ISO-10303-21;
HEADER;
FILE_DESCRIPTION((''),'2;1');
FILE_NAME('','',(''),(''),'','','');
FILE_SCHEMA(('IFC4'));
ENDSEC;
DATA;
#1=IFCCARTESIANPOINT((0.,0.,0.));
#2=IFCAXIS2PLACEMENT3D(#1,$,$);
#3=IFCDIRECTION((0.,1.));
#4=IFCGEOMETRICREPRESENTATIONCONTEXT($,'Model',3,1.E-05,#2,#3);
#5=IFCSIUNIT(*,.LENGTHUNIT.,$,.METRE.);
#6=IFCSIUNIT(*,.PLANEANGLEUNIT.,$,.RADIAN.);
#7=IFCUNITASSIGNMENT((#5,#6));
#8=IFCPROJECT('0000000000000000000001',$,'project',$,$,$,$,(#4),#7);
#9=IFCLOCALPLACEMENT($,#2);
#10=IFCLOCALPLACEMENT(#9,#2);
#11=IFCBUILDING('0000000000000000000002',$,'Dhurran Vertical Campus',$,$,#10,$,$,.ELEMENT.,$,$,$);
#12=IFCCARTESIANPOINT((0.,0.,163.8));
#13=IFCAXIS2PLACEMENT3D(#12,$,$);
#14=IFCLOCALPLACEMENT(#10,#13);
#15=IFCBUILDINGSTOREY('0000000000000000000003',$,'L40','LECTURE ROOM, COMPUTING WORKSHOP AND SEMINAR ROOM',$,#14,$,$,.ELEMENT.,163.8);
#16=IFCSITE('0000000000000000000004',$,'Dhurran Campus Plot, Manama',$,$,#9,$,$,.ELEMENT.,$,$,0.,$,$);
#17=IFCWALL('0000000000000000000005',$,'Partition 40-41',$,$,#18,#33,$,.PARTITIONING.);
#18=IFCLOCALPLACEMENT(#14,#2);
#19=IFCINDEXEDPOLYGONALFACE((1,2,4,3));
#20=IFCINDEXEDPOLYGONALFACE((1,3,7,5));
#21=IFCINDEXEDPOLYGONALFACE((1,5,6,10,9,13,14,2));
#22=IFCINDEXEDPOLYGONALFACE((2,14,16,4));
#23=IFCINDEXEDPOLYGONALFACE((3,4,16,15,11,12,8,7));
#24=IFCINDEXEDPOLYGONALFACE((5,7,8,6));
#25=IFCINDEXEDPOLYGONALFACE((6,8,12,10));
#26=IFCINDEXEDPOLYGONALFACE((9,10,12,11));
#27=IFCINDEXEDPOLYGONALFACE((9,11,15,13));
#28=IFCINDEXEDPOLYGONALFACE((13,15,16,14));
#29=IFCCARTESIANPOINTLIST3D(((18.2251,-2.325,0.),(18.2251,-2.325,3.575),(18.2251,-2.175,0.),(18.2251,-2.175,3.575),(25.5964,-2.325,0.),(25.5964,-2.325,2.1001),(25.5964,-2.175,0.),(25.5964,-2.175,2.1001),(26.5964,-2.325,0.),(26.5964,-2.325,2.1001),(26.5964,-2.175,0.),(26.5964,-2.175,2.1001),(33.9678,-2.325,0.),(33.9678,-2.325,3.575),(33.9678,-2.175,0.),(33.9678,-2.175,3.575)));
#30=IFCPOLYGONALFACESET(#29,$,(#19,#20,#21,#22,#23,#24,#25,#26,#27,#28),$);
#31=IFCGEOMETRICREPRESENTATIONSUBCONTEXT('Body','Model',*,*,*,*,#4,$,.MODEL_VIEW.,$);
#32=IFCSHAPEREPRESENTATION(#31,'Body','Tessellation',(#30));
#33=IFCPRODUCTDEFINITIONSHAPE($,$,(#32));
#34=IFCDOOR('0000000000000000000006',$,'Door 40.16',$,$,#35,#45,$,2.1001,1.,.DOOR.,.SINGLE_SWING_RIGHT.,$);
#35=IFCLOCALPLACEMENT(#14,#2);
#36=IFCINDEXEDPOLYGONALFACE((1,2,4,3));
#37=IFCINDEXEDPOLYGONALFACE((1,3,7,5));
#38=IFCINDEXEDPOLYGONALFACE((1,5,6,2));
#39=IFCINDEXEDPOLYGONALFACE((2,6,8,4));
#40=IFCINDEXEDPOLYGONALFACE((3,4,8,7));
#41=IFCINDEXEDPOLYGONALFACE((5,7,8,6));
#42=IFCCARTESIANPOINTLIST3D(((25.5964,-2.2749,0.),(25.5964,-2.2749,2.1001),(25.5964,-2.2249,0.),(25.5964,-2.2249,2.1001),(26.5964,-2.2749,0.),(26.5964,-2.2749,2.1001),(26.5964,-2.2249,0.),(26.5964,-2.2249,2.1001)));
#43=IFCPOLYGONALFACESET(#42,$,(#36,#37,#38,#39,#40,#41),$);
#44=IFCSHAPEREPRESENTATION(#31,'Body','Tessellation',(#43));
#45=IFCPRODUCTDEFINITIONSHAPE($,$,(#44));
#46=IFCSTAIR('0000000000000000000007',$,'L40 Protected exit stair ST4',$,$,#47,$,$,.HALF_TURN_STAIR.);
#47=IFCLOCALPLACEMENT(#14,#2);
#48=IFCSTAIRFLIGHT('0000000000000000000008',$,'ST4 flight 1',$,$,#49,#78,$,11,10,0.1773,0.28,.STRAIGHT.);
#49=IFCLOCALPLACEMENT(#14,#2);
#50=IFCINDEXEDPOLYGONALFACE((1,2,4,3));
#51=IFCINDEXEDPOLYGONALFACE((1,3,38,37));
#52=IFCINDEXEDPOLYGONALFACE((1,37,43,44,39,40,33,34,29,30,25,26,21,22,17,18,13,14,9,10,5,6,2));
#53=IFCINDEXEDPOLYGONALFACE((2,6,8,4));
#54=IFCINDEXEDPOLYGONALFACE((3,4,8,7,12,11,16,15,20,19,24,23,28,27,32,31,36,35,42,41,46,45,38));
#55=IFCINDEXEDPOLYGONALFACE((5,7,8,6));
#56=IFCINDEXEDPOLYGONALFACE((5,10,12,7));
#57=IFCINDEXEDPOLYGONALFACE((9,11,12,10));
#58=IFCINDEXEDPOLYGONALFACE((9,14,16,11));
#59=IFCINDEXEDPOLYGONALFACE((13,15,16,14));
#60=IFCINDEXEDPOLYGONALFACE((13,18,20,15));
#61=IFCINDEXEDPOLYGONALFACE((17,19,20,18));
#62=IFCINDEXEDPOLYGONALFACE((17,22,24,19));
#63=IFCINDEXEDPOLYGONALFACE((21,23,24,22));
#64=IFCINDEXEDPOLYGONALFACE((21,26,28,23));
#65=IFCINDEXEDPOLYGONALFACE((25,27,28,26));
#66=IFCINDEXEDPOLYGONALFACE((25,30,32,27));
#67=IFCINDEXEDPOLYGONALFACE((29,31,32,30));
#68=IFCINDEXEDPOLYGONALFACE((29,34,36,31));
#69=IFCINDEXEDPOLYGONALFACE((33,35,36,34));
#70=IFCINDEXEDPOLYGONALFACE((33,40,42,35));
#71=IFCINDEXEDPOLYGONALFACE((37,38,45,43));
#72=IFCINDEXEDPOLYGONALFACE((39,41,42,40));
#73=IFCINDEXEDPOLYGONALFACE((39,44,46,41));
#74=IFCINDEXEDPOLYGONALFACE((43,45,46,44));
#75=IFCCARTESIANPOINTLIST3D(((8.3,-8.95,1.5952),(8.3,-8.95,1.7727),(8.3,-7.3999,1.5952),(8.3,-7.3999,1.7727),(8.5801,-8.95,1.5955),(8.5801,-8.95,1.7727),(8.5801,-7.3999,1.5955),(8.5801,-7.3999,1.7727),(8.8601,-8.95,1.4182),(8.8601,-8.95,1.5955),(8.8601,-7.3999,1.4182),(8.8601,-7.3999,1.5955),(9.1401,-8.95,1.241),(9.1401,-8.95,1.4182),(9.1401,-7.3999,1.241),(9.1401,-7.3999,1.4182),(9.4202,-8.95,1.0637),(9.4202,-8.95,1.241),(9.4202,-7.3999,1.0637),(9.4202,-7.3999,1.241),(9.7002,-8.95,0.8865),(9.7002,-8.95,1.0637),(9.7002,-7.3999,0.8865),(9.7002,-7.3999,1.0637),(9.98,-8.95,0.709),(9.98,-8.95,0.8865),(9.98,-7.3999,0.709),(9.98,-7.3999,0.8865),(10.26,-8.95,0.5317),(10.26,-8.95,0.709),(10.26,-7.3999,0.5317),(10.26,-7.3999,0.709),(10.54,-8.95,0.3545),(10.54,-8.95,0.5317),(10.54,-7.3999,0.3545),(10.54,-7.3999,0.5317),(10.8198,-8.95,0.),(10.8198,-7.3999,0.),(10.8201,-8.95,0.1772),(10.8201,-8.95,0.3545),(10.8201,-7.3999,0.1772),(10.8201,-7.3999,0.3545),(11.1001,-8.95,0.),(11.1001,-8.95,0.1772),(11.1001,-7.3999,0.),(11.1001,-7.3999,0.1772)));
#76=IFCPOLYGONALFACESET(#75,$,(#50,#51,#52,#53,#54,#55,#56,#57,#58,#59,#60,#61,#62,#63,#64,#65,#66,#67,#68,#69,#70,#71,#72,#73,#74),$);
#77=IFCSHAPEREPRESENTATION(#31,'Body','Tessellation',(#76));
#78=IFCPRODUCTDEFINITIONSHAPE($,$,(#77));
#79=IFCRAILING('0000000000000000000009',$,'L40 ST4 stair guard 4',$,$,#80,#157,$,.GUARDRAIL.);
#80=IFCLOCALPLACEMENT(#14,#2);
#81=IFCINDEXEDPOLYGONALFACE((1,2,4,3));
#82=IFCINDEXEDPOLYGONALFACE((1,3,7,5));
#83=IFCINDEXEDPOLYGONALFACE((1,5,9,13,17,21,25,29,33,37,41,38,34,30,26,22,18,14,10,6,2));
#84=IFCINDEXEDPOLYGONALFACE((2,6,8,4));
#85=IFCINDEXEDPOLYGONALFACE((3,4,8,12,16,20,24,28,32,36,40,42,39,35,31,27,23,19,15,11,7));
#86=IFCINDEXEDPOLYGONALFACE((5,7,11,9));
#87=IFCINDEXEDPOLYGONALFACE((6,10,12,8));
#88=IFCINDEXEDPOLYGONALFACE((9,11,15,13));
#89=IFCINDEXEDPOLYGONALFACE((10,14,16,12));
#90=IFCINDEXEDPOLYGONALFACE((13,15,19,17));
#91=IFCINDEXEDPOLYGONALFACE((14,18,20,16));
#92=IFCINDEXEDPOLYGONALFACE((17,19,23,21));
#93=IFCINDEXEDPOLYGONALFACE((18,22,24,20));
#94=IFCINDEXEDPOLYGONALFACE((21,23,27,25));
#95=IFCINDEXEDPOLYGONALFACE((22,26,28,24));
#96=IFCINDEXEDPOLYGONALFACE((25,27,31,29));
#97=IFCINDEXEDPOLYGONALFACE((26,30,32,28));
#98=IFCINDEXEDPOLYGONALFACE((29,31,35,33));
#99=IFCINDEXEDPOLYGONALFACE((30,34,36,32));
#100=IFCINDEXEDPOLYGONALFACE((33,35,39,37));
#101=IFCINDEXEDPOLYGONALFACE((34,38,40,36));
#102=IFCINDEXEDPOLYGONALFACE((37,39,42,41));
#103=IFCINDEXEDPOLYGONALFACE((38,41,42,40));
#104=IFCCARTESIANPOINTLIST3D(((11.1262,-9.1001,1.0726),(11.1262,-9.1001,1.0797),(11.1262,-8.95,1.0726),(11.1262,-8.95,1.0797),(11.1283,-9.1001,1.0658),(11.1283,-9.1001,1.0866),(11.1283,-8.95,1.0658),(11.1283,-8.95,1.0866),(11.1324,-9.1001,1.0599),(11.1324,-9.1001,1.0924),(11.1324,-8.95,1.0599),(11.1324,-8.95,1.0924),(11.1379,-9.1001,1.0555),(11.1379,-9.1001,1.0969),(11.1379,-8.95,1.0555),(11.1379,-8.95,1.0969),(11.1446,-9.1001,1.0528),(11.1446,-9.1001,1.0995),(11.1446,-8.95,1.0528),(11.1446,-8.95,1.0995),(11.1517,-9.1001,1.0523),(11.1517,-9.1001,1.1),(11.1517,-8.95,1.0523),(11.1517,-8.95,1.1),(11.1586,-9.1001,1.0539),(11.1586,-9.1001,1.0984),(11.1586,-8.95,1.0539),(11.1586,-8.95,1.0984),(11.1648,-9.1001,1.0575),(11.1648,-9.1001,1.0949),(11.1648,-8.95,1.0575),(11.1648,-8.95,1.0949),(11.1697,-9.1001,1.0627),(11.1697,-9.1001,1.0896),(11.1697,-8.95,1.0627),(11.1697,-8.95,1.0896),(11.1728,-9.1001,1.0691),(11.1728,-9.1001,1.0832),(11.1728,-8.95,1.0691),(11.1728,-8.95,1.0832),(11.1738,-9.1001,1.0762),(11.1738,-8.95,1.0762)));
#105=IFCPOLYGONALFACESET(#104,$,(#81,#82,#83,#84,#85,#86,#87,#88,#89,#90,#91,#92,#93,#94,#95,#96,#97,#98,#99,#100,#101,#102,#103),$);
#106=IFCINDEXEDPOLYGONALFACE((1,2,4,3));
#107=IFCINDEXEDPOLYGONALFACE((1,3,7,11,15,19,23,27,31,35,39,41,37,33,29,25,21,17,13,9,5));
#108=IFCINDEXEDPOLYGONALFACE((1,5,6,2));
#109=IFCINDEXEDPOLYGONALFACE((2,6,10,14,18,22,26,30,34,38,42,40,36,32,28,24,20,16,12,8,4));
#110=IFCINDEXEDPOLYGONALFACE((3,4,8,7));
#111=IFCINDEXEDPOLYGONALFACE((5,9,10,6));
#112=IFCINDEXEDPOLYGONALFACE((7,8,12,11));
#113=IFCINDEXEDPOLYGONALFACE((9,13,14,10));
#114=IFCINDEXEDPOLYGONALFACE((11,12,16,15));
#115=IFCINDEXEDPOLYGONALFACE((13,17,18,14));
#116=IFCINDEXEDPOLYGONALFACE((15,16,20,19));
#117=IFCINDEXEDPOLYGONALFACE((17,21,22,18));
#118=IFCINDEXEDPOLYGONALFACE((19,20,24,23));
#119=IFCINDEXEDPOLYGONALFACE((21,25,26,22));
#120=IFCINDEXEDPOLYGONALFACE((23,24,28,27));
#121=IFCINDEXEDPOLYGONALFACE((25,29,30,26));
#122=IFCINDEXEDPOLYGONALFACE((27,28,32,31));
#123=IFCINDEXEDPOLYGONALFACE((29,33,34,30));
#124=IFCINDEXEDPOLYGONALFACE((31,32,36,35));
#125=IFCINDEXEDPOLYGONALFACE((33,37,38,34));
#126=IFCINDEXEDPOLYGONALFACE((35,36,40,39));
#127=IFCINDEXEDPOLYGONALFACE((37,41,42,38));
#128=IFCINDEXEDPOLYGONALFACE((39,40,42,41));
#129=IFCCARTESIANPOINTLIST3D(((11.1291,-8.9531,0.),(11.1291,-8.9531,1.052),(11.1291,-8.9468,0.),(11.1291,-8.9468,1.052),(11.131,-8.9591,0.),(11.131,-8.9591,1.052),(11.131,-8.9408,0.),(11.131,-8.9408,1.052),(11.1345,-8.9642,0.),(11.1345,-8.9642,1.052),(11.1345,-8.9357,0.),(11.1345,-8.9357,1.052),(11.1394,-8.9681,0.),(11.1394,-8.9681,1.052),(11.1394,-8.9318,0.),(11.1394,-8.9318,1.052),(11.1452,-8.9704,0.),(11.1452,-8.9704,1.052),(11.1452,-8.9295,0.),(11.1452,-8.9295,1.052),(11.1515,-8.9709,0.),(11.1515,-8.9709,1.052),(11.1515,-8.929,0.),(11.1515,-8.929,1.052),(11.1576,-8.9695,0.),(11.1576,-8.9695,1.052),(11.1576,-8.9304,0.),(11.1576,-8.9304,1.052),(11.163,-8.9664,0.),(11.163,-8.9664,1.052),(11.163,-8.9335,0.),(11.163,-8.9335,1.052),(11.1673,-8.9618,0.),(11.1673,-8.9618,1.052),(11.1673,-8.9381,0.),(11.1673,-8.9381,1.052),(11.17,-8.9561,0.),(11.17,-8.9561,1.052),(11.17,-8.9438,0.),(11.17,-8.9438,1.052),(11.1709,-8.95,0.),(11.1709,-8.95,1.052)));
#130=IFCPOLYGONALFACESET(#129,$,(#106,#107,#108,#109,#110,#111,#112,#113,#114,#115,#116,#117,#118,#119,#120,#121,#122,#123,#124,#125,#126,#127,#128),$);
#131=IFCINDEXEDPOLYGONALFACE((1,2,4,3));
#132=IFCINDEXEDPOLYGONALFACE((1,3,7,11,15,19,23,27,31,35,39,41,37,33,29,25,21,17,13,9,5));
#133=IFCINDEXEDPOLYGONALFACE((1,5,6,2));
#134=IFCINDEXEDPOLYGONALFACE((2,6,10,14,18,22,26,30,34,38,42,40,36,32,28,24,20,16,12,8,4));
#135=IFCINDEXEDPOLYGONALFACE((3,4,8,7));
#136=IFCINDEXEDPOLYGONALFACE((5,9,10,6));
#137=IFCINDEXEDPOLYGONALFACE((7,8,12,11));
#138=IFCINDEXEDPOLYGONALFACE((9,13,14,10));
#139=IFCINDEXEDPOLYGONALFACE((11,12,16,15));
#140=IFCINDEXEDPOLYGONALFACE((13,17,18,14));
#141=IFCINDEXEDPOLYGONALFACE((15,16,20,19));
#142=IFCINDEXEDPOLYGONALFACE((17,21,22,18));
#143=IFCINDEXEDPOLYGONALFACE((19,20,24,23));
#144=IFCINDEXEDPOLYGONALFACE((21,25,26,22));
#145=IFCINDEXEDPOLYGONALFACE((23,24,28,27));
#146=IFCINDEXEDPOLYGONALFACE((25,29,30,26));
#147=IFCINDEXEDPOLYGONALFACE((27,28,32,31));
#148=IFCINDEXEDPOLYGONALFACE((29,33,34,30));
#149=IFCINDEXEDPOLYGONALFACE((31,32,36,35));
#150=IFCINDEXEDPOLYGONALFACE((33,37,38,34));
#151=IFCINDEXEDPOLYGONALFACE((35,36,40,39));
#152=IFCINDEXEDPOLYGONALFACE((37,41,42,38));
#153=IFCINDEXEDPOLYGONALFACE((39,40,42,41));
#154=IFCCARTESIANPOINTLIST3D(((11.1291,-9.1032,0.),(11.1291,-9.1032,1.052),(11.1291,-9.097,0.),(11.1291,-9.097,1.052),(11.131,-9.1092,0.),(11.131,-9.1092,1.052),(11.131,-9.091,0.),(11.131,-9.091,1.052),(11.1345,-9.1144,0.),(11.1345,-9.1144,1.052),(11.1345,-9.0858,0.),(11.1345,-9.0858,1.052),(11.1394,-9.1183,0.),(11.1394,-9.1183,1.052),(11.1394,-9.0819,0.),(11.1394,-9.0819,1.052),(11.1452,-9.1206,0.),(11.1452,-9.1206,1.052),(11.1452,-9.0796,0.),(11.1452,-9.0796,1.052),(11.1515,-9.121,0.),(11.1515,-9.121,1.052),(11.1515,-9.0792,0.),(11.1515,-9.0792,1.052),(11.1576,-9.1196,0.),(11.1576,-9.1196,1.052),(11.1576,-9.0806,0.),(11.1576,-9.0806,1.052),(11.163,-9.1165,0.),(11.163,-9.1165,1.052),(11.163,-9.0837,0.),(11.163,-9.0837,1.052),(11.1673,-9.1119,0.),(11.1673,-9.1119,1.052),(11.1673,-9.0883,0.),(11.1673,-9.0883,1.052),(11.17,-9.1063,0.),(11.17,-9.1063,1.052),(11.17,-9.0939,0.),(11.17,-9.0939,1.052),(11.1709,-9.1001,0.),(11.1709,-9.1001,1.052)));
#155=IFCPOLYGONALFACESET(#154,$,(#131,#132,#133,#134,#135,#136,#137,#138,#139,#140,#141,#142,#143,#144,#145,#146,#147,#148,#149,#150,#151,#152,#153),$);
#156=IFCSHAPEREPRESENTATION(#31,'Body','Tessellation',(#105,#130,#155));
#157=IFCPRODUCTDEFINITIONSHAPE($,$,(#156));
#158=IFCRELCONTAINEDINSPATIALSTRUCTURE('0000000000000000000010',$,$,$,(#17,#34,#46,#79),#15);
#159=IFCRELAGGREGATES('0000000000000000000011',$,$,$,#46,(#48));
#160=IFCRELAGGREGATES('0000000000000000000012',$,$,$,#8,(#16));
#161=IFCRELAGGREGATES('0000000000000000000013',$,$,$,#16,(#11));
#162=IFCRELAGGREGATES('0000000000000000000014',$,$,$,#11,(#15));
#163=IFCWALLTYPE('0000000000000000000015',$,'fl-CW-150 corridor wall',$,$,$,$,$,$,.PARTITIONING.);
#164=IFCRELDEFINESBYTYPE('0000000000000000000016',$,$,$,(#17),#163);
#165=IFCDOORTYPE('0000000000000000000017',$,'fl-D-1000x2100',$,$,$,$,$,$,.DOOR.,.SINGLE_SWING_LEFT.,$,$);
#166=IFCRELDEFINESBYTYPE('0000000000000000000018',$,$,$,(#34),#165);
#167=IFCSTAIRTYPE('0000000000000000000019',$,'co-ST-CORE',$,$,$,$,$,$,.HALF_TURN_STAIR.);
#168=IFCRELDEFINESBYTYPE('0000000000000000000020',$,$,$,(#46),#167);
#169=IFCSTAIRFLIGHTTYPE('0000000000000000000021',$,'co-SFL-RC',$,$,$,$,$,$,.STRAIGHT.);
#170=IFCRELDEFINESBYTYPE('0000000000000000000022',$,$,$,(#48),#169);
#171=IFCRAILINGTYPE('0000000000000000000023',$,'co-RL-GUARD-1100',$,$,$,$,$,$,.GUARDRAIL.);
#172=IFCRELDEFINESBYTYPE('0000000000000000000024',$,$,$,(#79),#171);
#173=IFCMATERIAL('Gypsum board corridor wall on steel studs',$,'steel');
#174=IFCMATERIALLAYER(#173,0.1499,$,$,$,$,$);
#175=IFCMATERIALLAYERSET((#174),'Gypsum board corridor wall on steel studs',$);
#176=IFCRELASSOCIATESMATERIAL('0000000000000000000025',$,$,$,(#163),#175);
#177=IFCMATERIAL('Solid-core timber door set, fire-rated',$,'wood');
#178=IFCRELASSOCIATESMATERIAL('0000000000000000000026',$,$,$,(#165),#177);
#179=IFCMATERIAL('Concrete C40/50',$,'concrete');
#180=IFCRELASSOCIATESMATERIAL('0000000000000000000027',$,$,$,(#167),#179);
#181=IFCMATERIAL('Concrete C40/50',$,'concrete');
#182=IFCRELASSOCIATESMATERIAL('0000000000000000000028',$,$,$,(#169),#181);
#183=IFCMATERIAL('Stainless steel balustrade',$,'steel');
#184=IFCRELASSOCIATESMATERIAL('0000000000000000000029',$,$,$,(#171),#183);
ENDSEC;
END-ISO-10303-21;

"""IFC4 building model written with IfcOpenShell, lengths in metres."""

from ifc_helpers import new_model, si_unit, direction, frame, frame_2d, origin, origin_2d, place, context, subcontext, project, spatial, polyline, rectangle, circle, outline, extrude, material, layer, layer_set, type_object, element, fill, aggregate, save


model = new_model("IFC4")

# Units and contexts
model_context = context("Model", 3, precision=1e-05, world=origin(), true_north=direction((0.0, 1.0)))
body_context = subcontext(model_context, "Body", "Model", "MODEL_VIEW")
ifc_project = project(units=[si_unit("LENGTHUNIT", "METRE"), si_unit("PLANEANGLEUNIT", "RADIAN")], contexts=[model_context])

# Site, building, storey
site_placement = place(None, origin())
site = spatial("IfcSite", under=ifc_project, at=site_placement, Name="Dhurran Campus Plot, Manama", CompositionType="ELEMENT", RefElevation=0.0)
building_placement = place(site_placement, origin())
building = spatial("IfcBuilding", under=site, at=building_placement, Name="Dhurran Vertical Campus", CompositionType="ELEMENT")
storey_placement = place(building_placement, frame((0.0, 0.0, 163.8)))
storey = spatial("IfcBuildingStorey", under=building, at=storey_placement, Name="L40", Description="LECTURE ROOM, COMPUTING WORKSHOP AND SEMINAR ROOM", CompositionType="ELEMENT", Elevation=163.8)

# Wall, opening, door
ifc_material_1 = material(Name="Gypsum board corridor wall on steel studs", Category="steel")
ifc_layer_1 = layer(ifc_material_1, 0.1499)
ifc_layer_set_1 = layer_set([ifc_layer_1], Name="Gypsum board corridor wall on steel studs")
wall_type_1 = type_object("IfcWallType", Name="fl-CW-150 corridor wall", PredefinedType="PARTITIONING", material=ifc_layer_set_1)
wall_1_placement = place(storey_placement, frame((33.9678, -2.25, 0.0), z_axis=(0.0, 0.0, 1.0), x_axis=(-1.0, 0.0, 0.0)))
wall_1 = element("IfcWall", 1, at=wall_1_placement, inside=storey, type_object=wall_type_1, Name="Partition 40-41", PredefinedType="PARTITIONING", context=body_context, shape_type="SweptSolid", body=[
    extrude(rectangle(XDim=15.7427, YDim=0.1499, at=frame_2d((7.8713, 0.0))), origin(), (0.0, 0.0, 1.0), 3.575),
])
opening_1_placement = place(wall_1_placement, frame((7.3713, 0.0, 0.0)))
opening_1 = element("IfcOpeningElement", 2, at=opening_1_placement, cuts=wall_1, PredefinedType="OPENING", context=body_context, shape_type="SweptSolid", body=[
    extrude(rectangle(XDim=1.0, YDim=2.1001, at=frame_2d((0.5, 1.05))), frame((0.0, 0.085, 0.0), z_axis=(0.0, -1.0, 0.0), x_axis=(1.0, 0.0, 0.0)), (0.0, 0.0, 1.0), 0.1699),
])
ifc_material_2 = material(Name="Solid-core timber door set, fire-rated", Category="wood")
door_type_1 = type_object("IfcDoorType", Name="fl-D-1000x2100", OperationType="SINGLE_SWING_LEFT", PredefinedType="DOOR", material=ifc_material_2)
door_1_placement = place(opening_1_placement, origin())
door_1 = element("IfcDoor", 3, at=door_1_placement, inside=storey, type_object=door_type_1, Name="Door 40.16", OperationType="SINGLE_SWING_RIGHT", OverallHeight=2.1001, OverallWidth=1.0, PredefinedType="DOOR", context=body_context, shape_type="SweptSolid", body=[
    extrude(rectangle(XDim=1.0, YDim=2.1001, at=frame_2d((0.5, 1.05))), frame((0.0, 0.0249, 0.0), z_axis=(0.0, -1.0, 0.0), x_axis=(1.0, 0.0, 0.0)), (0.0, 0.0, 1.0), 0.05),
])
fill(opening_1, door_1)

# Stair, stair flight
ifc_material_3 = material(Name="Concrete C40/50", Category="concrete")
stair_type = type_object("IfcStairType", Name="co-ST-CORE", PredefinedType="HALF_TURN_STAIR", material=ifc_material_3)
stair_placement = place(storey_placement, origin())
stair = element("IfcStair", 4, at=stair_placement, inside=storey, type_object=stair_type, Name="L40 Protected exit stair ST4", PredefinedType="HALF_TURN_STAIR")
ifc_material_4 = material(Name="Concrete C40/50", Category="concrete")
stair_flight_type = type_object("IfcStairFlightType", Name="co-SFL-RC", PredefinedType="STRAIGHT", material=ifc_material_4)
stair_flight_placement = place(storey_placement, frame((11.1001, -8.175, 0.0), z_axis=(0.0, 0.0, 1.0), x_axis=(-1.0, 0.0, 0.0)))
stair_flight = element("IfcStairFlight", 5, at=stair_flight_placement, type_object=stair_flight_type, Name="ST4 flight 1", NumberOfRisers=11, NumberOfTreads=10, PredefinedType="STRAIGHT", RiserHeight=0.1773, TreadLength=0.28, context=body_context, shape_type="SweptSolid", body=[
    extrude(outline(polyline([(0.0, 0.0), (0.0, 0.1772), (0.28, 0.1772), (0.28, 0.3545), (0.5601, 0.3545), (0.5601, 0.5317), (0.8401, 0.5317), (0.8401, 0.709), (1.1201, 0.709), (1.1201, 0.8865), (1.3999, 0.8865), (1.3999, 1.0637), (1.6799, 1.0637), (1.6799, 1.241), (1.96, 1.241), (1.96, 1.4182), (2.24, 1.4182), (2.24, 1.5955), (2.52, 1.5955), (2.52, 1.7727), (2.8, 1.7727), (2.8, 1.95), (2.8, 1.5952), (0.2803, 0.0), (0.0, 0.0)])), frame((0.0, 0.7749, 0.0), z_axis=(0.0, -1.0, 0.0), x_axis=(1.0, 0.0, 0.0)), (0.0, 0.0, 1.0), 1.55),
])
aggregate(stair, [stair_flight])

# Railing
ifc_material_5 = material(Name="Stainless steel balustrade", Category="steel")
railing_type_1 = type_object("IfcRailingType", Name="co-RL-GUARD-1100", PredefinedType="GUARDRAIL", material=ifc_material_5)
railing_1_placement = place(storey_placement, frame((11.1499, -8.95, 0.0)))
element("IfcRailing", 6, at=railing_1_placement, inside=storey, type_object=railing_type_1, Name="L40 ST4 stair guard 4", PredefinedType="GUARDRAIL", context=body_context, shape_type="SweptSolid", body=[
    extrude(circle(Radius=0.0239, at=origin_2d()), frame((0.0, 0.0, 1.0762), z_axis=(0.0, -1.0, 0.0), x_axis=(1.0, 0.0, 0.0)), (0.0, 0.0, 1.0), 0.1501),
    extrude(circle(Radius=0.021, at=origin_2d()), origin(), (0.0, 0.0, 1.0), 1.052),
    extrude(circle(Radius=0.021, at=origin_2d()), frame((0.0, -0.1501, 0.0)), (0.0, 0.0, 1.0), 1.052),
])

save(model, "model.ifc")
